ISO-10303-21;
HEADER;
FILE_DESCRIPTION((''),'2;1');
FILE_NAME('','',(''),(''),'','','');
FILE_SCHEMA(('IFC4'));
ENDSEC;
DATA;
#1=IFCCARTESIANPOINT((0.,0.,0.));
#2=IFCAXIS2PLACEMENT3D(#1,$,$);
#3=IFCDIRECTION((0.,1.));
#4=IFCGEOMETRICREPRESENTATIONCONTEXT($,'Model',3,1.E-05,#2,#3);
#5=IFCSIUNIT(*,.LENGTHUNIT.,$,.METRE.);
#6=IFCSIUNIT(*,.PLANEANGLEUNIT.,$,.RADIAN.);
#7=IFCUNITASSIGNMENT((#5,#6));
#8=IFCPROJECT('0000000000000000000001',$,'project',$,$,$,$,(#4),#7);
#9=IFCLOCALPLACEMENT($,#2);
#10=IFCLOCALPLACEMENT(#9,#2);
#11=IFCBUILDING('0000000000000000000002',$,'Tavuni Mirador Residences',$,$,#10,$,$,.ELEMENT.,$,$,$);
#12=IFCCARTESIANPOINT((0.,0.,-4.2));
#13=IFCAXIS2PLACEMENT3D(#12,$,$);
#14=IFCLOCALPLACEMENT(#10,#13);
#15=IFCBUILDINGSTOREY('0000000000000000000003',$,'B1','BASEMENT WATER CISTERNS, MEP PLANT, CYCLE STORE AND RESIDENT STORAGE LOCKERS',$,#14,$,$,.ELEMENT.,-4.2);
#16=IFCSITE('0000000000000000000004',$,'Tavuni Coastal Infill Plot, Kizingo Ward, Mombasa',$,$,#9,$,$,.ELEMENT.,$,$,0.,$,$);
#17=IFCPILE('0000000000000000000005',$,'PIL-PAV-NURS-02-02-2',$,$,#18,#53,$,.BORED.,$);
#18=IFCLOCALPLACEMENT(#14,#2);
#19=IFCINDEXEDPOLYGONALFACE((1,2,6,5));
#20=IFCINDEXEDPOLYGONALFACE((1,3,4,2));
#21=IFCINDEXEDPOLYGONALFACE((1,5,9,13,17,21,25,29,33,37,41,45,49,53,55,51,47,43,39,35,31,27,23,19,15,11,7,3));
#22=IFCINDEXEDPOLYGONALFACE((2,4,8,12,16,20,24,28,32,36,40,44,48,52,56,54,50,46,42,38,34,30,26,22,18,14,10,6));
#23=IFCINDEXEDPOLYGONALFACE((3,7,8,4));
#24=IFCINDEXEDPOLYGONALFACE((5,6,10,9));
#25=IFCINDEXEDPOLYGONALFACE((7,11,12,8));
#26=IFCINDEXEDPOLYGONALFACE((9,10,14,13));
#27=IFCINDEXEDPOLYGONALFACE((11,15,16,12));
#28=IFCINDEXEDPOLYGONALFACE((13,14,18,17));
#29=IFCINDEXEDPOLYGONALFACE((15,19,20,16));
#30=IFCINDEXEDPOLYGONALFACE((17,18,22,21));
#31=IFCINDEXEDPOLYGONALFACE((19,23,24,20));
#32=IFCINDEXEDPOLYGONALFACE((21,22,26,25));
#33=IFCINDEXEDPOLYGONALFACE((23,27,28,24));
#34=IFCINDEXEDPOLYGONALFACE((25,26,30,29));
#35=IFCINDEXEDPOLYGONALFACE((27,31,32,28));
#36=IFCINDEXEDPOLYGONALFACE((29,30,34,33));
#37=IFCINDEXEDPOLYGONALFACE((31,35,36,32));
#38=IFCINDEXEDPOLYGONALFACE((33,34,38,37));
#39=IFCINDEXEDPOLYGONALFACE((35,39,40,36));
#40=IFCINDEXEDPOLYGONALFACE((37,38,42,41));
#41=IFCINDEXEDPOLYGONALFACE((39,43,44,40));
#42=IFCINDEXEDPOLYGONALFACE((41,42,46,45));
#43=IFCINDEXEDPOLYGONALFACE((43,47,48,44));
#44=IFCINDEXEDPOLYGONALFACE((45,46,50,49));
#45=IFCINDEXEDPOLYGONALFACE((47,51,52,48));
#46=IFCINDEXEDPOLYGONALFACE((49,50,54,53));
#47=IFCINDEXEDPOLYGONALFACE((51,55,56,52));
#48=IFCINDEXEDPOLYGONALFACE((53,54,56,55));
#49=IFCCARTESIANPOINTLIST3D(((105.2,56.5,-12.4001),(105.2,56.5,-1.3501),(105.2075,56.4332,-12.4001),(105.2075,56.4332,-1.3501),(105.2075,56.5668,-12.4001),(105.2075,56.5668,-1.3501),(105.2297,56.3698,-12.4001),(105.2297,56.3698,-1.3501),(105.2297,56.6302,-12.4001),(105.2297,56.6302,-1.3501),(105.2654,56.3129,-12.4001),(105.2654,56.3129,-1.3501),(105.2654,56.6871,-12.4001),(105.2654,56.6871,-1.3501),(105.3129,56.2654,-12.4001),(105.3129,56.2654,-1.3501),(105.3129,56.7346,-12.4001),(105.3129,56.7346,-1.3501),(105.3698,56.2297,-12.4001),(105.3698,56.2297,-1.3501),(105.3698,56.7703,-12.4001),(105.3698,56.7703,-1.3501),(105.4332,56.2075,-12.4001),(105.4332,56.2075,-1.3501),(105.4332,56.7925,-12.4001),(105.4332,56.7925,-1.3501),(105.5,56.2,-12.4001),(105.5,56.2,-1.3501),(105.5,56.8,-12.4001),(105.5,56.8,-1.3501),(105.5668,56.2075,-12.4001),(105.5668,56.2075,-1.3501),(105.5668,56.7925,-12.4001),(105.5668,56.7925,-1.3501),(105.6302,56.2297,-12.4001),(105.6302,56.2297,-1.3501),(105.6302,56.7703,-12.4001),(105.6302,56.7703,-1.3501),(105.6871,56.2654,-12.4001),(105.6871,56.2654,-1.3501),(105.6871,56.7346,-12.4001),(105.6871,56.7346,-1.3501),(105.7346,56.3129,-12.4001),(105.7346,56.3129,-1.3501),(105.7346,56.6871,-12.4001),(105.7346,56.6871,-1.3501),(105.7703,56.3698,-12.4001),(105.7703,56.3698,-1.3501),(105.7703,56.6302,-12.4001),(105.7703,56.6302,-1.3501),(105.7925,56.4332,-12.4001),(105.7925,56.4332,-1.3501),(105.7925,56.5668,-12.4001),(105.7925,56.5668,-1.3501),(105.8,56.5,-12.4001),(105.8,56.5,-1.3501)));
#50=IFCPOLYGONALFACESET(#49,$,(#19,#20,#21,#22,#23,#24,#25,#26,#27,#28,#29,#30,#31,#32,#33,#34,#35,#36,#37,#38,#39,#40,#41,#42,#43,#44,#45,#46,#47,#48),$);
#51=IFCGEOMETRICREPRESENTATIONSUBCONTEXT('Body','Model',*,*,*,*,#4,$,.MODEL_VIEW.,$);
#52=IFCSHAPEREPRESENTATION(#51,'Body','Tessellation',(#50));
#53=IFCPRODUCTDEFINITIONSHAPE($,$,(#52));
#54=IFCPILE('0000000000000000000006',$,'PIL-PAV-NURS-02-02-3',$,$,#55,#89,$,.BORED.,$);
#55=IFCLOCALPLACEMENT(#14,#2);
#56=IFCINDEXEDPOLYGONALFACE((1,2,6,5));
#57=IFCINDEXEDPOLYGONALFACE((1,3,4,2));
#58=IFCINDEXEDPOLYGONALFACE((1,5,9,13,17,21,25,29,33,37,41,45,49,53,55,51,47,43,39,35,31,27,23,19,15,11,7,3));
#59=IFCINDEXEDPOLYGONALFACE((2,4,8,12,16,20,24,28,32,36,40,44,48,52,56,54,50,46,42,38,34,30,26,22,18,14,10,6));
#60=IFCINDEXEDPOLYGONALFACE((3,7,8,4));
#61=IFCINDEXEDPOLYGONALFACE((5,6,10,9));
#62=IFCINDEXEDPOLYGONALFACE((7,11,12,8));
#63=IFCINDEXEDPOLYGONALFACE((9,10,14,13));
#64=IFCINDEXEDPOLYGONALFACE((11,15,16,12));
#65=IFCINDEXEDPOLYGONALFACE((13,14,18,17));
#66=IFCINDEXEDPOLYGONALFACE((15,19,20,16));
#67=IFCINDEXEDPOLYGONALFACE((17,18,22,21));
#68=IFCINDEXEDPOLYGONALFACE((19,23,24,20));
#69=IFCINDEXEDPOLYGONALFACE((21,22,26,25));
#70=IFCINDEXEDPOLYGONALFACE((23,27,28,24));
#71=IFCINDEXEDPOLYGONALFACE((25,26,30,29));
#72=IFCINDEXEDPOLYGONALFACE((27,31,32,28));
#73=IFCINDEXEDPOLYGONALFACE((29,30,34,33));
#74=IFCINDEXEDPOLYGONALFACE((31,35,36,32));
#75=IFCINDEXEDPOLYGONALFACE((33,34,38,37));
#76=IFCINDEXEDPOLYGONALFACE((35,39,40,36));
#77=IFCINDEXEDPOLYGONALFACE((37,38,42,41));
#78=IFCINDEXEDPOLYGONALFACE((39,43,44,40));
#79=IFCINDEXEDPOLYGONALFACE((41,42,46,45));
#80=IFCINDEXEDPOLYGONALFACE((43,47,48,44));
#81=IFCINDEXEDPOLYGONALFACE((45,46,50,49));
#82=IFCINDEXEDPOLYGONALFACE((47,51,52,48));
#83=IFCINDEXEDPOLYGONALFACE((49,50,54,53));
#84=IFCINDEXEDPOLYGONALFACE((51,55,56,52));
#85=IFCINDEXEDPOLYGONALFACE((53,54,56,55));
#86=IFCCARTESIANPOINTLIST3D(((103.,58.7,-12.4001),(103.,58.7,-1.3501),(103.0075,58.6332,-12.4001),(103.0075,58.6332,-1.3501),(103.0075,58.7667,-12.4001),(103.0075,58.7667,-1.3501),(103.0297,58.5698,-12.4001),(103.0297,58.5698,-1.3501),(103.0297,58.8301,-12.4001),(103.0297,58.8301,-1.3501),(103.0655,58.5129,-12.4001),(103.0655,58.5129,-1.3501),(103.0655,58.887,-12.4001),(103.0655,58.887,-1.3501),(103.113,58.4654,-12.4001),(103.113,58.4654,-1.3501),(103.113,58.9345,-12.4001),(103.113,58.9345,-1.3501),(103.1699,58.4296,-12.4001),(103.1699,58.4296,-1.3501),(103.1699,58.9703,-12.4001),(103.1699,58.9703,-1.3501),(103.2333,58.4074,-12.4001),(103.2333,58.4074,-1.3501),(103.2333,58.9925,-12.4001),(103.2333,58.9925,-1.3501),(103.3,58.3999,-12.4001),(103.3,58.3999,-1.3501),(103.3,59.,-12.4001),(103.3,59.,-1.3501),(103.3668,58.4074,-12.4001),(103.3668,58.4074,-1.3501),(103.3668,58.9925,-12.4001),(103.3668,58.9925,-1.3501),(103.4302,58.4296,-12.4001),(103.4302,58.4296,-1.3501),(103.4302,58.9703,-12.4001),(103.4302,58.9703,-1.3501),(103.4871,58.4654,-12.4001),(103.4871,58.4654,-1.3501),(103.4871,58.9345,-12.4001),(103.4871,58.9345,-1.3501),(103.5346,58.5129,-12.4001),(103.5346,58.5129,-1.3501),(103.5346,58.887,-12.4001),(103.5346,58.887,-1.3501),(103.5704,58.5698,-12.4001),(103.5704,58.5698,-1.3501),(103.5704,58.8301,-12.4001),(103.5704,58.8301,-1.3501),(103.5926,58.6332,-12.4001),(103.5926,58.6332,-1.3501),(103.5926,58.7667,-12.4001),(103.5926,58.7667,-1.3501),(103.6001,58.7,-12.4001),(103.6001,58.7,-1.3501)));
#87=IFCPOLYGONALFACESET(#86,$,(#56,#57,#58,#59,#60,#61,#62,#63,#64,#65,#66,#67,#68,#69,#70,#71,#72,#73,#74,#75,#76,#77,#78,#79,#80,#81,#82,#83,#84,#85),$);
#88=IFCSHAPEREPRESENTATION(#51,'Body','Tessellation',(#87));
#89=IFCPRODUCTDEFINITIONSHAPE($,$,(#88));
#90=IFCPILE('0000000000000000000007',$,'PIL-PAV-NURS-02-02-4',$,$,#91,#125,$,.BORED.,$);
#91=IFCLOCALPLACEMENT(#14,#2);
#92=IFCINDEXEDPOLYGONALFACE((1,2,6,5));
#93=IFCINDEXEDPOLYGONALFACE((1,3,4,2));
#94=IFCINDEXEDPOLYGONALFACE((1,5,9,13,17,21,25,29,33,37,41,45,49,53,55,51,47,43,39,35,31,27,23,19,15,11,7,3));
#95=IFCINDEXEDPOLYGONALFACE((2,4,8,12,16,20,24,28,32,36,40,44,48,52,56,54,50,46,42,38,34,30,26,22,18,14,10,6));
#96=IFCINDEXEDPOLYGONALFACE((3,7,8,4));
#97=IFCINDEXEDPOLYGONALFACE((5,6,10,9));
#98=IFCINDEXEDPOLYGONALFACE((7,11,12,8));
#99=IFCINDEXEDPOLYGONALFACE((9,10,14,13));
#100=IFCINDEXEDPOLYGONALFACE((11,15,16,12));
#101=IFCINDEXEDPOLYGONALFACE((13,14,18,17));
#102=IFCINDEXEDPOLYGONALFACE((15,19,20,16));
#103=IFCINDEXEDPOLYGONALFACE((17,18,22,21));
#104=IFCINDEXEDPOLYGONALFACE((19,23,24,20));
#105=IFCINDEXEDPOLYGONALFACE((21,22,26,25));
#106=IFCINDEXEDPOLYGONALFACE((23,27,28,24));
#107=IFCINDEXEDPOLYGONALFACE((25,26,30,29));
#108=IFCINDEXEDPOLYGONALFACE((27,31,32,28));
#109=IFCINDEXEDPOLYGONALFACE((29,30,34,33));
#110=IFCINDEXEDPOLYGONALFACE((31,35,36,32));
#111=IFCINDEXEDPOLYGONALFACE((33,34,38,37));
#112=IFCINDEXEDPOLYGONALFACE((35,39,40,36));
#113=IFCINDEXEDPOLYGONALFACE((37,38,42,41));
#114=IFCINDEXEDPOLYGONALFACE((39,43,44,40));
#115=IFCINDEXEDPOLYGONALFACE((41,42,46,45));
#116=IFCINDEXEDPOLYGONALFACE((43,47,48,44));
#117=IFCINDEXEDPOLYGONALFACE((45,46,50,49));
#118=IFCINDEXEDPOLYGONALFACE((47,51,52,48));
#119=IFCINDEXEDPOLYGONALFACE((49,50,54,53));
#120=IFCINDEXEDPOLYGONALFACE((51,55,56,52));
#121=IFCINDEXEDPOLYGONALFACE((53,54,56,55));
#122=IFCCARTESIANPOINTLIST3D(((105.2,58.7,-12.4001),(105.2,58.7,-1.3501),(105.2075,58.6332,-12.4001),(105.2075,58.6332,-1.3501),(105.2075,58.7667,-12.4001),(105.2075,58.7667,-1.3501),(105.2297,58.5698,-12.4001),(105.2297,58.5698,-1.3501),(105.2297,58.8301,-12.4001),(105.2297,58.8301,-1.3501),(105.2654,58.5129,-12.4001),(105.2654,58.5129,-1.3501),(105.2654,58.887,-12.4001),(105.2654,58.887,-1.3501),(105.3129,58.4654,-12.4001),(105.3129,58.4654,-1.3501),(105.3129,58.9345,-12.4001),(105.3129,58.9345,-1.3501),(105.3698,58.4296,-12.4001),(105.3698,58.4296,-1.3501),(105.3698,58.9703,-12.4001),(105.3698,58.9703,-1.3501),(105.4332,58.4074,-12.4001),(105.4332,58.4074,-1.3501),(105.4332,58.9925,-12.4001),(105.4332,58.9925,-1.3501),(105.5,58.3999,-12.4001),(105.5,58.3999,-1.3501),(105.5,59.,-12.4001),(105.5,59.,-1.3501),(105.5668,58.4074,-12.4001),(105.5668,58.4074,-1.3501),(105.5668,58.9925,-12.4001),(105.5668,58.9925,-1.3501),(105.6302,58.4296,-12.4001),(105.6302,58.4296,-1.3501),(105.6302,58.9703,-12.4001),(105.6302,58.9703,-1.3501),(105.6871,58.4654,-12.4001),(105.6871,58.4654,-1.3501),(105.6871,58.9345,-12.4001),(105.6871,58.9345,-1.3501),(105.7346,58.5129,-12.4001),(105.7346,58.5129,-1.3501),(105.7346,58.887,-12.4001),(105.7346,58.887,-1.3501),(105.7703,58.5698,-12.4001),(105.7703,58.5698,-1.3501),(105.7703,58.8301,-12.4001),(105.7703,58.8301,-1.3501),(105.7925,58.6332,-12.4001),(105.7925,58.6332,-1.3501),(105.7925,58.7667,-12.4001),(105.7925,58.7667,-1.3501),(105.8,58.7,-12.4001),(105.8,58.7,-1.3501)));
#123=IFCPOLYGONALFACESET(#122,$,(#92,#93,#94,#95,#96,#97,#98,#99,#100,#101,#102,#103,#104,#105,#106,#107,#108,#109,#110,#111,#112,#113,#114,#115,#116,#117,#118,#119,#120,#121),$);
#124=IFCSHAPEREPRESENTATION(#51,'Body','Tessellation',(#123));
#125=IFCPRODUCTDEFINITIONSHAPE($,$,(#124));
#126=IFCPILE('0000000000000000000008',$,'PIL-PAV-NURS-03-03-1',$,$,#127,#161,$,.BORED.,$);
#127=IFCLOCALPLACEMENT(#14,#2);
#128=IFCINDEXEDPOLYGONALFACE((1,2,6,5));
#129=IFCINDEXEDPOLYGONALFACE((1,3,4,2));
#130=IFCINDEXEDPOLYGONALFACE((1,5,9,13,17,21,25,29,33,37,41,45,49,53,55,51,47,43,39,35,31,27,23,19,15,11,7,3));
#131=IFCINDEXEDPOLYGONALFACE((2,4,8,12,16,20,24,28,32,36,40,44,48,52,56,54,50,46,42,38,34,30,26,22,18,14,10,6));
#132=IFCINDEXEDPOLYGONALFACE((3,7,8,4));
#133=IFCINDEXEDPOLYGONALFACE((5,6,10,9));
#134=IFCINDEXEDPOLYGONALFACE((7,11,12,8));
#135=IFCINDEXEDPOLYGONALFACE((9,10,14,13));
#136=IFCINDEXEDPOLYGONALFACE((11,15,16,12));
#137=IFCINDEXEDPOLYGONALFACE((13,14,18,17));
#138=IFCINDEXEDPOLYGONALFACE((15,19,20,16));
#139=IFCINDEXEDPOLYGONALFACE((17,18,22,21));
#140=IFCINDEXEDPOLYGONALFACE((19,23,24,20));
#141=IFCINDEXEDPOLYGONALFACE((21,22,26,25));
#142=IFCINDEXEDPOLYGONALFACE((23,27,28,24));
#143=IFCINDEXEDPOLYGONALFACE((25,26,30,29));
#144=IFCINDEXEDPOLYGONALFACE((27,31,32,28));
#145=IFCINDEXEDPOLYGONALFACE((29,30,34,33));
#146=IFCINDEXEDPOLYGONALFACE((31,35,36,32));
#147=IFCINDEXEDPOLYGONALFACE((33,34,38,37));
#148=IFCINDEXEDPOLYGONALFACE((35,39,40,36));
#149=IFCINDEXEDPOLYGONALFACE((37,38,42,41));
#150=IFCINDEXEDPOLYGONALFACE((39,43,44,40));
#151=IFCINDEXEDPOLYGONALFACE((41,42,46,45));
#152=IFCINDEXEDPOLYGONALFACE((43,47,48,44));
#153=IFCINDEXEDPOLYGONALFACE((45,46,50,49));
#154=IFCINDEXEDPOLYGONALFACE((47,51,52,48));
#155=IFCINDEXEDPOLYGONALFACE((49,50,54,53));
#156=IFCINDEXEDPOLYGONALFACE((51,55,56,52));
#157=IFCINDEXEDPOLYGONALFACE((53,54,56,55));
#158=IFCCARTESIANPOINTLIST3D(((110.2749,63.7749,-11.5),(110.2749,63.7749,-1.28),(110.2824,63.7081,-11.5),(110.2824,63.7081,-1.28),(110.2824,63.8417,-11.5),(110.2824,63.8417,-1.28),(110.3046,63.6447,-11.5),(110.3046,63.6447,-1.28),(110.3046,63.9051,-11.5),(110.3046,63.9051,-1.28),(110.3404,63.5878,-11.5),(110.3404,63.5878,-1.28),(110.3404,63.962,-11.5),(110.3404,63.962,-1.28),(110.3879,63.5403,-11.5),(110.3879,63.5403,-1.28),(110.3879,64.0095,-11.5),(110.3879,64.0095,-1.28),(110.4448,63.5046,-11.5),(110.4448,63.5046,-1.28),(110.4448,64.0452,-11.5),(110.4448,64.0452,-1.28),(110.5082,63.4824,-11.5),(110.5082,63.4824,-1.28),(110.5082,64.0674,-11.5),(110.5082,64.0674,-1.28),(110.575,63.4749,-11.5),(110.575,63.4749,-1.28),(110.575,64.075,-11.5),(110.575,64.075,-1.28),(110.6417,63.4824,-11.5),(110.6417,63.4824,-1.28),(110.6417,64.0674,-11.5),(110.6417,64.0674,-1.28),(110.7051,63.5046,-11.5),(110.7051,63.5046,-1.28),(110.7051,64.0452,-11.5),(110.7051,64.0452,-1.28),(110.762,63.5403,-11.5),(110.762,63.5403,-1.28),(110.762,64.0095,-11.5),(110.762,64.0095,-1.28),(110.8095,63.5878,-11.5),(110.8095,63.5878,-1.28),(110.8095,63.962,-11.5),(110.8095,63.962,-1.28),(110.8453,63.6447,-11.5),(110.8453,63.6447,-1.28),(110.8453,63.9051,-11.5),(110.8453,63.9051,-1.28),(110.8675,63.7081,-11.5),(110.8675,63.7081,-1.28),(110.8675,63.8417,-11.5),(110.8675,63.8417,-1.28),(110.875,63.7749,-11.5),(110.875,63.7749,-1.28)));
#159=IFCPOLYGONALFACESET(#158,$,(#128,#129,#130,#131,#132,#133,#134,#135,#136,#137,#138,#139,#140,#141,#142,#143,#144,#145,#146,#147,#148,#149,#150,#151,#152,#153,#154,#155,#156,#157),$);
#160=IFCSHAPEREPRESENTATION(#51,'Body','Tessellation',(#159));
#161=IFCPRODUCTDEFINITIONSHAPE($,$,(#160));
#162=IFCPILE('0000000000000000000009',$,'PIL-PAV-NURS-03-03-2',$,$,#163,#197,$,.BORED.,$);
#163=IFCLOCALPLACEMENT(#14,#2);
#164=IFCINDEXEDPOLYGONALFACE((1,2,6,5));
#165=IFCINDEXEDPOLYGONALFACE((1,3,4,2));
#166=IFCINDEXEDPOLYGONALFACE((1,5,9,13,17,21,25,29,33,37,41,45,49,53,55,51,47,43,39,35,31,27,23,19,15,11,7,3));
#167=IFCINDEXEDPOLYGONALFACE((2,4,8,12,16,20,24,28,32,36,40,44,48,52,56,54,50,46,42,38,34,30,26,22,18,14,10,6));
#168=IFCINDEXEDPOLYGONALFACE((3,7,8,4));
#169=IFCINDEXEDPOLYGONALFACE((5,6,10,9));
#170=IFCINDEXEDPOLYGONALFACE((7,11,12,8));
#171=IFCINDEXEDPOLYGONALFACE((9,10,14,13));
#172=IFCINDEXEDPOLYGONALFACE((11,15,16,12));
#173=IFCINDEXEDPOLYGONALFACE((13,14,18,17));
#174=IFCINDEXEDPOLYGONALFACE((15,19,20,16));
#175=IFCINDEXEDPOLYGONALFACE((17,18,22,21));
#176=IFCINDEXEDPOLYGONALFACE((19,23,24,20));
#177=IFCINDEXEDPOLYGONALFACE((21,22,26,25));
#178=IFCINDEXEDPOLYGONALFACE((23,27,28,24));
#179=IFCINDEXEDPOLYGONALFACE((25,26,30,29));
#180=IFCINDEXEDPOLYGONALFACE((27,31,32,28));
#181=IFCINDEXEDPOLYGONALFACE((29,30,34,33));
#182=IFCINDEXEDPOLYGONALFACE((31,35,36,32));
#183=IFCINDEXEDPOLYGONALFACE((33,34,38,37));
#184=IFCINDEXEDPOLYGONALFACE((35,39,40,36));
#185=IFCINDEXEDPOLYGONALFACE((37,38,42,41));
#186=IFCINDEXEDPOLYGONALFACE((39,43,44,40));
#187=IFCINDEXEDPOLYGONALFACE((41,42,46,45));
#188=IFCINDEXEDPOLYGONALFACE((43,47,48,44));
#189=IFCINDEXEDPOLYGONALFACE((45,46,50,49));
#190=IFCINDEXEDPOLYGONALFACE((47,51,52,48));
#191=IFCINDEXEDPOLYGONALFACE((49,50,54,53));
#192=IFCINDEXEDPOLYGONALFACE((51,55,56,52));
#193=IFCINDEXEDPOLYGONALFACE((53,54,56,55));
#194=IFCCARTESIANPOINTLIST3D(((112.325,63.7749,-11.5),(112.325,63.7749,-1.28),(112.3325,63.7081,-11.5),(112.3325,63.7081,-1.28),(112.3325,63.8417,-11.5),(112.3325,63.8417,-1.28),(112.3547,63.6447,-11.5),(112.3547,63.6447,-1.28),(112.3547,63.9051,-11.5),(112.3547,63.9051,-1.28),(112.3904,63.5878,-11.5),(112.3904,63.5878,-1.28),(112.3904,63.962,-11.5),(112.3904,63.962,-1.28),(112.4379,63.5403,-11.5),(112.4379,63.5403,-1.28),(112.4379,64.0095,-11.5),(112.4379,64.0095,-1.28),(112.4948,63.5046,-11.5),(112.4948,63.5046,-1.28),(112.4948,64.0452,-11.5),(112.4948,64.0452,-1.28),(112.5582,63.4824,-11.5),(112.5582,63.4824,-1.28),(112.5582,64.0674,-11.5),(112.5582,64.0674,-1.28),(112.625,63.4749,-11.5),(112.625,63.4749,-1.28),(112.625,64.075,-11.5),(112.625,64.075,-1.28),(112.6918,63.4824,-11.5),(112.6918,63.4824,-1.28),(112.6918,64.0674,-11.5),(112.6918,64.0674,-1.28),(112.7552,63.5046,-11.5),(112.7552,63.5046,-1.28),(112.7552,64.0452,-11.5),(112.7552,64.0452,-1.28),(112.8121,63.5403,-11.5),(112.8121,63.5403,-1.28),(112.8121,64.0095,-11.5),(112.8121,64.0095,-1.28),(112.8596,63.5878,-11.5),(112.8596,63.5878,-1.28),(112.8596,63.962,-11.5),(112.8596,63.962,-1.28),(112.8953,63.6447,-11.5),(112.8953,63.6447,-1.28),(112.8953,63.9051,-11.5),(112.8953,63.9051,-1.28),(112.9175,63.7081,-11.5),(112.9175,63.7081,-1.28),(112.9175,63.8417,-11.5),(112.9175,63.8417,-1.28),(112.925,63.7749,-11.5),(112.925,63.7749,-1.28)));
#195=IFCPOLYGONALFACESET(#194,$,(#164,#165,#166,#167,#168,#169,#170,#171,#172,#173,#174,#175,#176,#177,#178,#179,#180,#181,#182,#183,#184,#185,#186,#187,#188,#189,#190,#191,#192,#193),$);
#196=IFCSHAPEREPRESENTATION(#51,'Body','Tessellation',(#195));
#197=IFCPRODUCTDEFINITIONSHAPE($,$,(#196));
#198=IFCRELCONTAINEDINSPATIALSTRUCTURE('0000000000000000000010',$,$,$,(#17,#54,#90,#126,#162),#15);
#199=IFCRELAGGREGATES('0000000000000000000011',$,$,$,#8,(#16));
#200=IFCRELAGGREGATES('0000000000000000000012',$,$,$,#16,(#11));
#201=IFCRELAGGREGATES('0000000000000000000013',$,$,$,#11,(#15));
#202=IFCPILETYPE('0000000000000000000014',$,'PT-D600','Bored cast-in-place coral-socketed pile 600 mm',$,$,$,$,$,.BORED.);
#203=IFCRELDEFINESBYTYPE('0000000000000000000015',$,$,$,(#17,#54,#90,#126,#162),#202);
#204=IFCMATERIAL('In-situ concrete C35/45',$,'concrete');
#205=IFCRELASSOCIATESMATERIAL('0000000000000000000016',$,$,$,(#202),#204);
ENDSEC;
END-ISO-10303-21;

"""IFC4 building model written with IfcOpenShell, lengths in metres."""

from ifc_helpers import new_model, si_unit, direction, frame, origin, origin_2d, place, context, subcontext, project, spatial, circle, extrude, material, material_profile, profile_set, type_object, element, save


model = new_model("IFC4")

# Units and contexts
model_context = context("Model", 3, precision=1e-05, world=origin(), true_north=direction((0.0, 1.0)))
body_context = subcontext(model_context, "Body", "Model", "MODEL_VIEW")
ifc_project = project(units=[si_unit("LENGTHUNIT", "METRE"), si_unit("PLANEANGLEUNIT", "RADIAN")], contexts=[model_context])

# Site, building, storey
site_placement = place(None, origin())
site = spatial("IfcSite", under=ifc_project, at=site_placement, Name="Tavuni Coastal Infill Plot, Kizingo Ward, Mombasa", CompositionType="ELEMENT", RefElevation=0.0)
building_placement = place(site_placement, origin())
building = spatial("IfcBuilding", under=site, at=building_placement, Name="Tavuni Mirador Residences", CompositionType="ELEMENT")
storey_placement = place(building_placement, frame((0.0, 0.0, -4.2)))
storey = spatial("IfcBuildingStorey", under=building, at=storey_placement, Name="B1", Description="BASEMENT WATER CISTERNS, MEP PLANT, CYCLE STORE AND RESIDENT STORAGE LOCKERS", CompositionType="ELEMENT", Elevation=-4.2)

# Shared definitions
ifc_material_1 = material(Name="In-situ concrete C35/45", Category="concrete")

# Piles
ifc_material_profile_1 = material_profile(ifc_material_1, circle(Radius=0.3, at=origin_2d()), Name="PILE D600", Category="concrete")
ifc_profile_set_1 = profile_set([ifc_material_profile_1], Name="In-situ concrete C35/45")
pile_type_1 = type_object("IfcPileType", Name="PT-D600", Description="Bored cast-in-place coral-socketed pile 600 mm", PredefinedType="BORED", material=ifc_profile_set_1)
for number, where, z_axis, x_axis, name in (
    (1, (105.5, 56.5, -1.3501), (0.0, 0.0, -1.0), (1.0, 0.0, 0.0), "PIL-PAV-NURS-02-02-2"),
    (2, (103.3, 58.7, -1.3501), (0.0, 0.0, -1.0), (1.0, 0.0, 0.0), "PIL-PAV-NURS-02-02-3"),
    (3, (105.5, 58.7, -1.3501), (0.0, 0.0, -1.0), (1.0, 0.0, 0.0), "PIL-PAV-NURS-02-02-4"),
):
    element("IfcPile", number, at=place(storey_placement, frame(where, z_axis=z_axis, x_axis=x_axis)), inside=storey, type_object=pile_type_1, Name=name, PredefinedType="BORED", context=body_context, shape_type="SweptSolid", body=[
        extrude(circle(Radius=0.3, at=origin_2d()), origin(), (0.0, 0.0, 1.0), 11.05),
    ])
for number, where, z_axis, x_axis, name in (
    (4, (110.575, 63.7749, -1.28), (0.0, 0.0, -1.0), (1.0, 0.0, 0.0), "PIL-PAV-NURS-03-03-1"),
    (5, (112.625, 63.7749, -1.28), (0.0, 0.0, -1.0), (1.0, 0.0, 0.0), "PIL-PAV-NURS-03-03-2"),
):
    element("IfcPile", number, at=place(storey_placement, frame(where, z_axis=z_axis, x_axis=x_axis)), inside=storey, type_object=pile_type_1, Name=name, PredefinedType="BORED", context=body_context, shape_type="SweptSolid", body=[
        extrude(circle(Radius=0.3, at=origin_2d()), origin(), (0.0, 0.0, 1.0), 10.22),
    ])

save(model, "model.ifc")
